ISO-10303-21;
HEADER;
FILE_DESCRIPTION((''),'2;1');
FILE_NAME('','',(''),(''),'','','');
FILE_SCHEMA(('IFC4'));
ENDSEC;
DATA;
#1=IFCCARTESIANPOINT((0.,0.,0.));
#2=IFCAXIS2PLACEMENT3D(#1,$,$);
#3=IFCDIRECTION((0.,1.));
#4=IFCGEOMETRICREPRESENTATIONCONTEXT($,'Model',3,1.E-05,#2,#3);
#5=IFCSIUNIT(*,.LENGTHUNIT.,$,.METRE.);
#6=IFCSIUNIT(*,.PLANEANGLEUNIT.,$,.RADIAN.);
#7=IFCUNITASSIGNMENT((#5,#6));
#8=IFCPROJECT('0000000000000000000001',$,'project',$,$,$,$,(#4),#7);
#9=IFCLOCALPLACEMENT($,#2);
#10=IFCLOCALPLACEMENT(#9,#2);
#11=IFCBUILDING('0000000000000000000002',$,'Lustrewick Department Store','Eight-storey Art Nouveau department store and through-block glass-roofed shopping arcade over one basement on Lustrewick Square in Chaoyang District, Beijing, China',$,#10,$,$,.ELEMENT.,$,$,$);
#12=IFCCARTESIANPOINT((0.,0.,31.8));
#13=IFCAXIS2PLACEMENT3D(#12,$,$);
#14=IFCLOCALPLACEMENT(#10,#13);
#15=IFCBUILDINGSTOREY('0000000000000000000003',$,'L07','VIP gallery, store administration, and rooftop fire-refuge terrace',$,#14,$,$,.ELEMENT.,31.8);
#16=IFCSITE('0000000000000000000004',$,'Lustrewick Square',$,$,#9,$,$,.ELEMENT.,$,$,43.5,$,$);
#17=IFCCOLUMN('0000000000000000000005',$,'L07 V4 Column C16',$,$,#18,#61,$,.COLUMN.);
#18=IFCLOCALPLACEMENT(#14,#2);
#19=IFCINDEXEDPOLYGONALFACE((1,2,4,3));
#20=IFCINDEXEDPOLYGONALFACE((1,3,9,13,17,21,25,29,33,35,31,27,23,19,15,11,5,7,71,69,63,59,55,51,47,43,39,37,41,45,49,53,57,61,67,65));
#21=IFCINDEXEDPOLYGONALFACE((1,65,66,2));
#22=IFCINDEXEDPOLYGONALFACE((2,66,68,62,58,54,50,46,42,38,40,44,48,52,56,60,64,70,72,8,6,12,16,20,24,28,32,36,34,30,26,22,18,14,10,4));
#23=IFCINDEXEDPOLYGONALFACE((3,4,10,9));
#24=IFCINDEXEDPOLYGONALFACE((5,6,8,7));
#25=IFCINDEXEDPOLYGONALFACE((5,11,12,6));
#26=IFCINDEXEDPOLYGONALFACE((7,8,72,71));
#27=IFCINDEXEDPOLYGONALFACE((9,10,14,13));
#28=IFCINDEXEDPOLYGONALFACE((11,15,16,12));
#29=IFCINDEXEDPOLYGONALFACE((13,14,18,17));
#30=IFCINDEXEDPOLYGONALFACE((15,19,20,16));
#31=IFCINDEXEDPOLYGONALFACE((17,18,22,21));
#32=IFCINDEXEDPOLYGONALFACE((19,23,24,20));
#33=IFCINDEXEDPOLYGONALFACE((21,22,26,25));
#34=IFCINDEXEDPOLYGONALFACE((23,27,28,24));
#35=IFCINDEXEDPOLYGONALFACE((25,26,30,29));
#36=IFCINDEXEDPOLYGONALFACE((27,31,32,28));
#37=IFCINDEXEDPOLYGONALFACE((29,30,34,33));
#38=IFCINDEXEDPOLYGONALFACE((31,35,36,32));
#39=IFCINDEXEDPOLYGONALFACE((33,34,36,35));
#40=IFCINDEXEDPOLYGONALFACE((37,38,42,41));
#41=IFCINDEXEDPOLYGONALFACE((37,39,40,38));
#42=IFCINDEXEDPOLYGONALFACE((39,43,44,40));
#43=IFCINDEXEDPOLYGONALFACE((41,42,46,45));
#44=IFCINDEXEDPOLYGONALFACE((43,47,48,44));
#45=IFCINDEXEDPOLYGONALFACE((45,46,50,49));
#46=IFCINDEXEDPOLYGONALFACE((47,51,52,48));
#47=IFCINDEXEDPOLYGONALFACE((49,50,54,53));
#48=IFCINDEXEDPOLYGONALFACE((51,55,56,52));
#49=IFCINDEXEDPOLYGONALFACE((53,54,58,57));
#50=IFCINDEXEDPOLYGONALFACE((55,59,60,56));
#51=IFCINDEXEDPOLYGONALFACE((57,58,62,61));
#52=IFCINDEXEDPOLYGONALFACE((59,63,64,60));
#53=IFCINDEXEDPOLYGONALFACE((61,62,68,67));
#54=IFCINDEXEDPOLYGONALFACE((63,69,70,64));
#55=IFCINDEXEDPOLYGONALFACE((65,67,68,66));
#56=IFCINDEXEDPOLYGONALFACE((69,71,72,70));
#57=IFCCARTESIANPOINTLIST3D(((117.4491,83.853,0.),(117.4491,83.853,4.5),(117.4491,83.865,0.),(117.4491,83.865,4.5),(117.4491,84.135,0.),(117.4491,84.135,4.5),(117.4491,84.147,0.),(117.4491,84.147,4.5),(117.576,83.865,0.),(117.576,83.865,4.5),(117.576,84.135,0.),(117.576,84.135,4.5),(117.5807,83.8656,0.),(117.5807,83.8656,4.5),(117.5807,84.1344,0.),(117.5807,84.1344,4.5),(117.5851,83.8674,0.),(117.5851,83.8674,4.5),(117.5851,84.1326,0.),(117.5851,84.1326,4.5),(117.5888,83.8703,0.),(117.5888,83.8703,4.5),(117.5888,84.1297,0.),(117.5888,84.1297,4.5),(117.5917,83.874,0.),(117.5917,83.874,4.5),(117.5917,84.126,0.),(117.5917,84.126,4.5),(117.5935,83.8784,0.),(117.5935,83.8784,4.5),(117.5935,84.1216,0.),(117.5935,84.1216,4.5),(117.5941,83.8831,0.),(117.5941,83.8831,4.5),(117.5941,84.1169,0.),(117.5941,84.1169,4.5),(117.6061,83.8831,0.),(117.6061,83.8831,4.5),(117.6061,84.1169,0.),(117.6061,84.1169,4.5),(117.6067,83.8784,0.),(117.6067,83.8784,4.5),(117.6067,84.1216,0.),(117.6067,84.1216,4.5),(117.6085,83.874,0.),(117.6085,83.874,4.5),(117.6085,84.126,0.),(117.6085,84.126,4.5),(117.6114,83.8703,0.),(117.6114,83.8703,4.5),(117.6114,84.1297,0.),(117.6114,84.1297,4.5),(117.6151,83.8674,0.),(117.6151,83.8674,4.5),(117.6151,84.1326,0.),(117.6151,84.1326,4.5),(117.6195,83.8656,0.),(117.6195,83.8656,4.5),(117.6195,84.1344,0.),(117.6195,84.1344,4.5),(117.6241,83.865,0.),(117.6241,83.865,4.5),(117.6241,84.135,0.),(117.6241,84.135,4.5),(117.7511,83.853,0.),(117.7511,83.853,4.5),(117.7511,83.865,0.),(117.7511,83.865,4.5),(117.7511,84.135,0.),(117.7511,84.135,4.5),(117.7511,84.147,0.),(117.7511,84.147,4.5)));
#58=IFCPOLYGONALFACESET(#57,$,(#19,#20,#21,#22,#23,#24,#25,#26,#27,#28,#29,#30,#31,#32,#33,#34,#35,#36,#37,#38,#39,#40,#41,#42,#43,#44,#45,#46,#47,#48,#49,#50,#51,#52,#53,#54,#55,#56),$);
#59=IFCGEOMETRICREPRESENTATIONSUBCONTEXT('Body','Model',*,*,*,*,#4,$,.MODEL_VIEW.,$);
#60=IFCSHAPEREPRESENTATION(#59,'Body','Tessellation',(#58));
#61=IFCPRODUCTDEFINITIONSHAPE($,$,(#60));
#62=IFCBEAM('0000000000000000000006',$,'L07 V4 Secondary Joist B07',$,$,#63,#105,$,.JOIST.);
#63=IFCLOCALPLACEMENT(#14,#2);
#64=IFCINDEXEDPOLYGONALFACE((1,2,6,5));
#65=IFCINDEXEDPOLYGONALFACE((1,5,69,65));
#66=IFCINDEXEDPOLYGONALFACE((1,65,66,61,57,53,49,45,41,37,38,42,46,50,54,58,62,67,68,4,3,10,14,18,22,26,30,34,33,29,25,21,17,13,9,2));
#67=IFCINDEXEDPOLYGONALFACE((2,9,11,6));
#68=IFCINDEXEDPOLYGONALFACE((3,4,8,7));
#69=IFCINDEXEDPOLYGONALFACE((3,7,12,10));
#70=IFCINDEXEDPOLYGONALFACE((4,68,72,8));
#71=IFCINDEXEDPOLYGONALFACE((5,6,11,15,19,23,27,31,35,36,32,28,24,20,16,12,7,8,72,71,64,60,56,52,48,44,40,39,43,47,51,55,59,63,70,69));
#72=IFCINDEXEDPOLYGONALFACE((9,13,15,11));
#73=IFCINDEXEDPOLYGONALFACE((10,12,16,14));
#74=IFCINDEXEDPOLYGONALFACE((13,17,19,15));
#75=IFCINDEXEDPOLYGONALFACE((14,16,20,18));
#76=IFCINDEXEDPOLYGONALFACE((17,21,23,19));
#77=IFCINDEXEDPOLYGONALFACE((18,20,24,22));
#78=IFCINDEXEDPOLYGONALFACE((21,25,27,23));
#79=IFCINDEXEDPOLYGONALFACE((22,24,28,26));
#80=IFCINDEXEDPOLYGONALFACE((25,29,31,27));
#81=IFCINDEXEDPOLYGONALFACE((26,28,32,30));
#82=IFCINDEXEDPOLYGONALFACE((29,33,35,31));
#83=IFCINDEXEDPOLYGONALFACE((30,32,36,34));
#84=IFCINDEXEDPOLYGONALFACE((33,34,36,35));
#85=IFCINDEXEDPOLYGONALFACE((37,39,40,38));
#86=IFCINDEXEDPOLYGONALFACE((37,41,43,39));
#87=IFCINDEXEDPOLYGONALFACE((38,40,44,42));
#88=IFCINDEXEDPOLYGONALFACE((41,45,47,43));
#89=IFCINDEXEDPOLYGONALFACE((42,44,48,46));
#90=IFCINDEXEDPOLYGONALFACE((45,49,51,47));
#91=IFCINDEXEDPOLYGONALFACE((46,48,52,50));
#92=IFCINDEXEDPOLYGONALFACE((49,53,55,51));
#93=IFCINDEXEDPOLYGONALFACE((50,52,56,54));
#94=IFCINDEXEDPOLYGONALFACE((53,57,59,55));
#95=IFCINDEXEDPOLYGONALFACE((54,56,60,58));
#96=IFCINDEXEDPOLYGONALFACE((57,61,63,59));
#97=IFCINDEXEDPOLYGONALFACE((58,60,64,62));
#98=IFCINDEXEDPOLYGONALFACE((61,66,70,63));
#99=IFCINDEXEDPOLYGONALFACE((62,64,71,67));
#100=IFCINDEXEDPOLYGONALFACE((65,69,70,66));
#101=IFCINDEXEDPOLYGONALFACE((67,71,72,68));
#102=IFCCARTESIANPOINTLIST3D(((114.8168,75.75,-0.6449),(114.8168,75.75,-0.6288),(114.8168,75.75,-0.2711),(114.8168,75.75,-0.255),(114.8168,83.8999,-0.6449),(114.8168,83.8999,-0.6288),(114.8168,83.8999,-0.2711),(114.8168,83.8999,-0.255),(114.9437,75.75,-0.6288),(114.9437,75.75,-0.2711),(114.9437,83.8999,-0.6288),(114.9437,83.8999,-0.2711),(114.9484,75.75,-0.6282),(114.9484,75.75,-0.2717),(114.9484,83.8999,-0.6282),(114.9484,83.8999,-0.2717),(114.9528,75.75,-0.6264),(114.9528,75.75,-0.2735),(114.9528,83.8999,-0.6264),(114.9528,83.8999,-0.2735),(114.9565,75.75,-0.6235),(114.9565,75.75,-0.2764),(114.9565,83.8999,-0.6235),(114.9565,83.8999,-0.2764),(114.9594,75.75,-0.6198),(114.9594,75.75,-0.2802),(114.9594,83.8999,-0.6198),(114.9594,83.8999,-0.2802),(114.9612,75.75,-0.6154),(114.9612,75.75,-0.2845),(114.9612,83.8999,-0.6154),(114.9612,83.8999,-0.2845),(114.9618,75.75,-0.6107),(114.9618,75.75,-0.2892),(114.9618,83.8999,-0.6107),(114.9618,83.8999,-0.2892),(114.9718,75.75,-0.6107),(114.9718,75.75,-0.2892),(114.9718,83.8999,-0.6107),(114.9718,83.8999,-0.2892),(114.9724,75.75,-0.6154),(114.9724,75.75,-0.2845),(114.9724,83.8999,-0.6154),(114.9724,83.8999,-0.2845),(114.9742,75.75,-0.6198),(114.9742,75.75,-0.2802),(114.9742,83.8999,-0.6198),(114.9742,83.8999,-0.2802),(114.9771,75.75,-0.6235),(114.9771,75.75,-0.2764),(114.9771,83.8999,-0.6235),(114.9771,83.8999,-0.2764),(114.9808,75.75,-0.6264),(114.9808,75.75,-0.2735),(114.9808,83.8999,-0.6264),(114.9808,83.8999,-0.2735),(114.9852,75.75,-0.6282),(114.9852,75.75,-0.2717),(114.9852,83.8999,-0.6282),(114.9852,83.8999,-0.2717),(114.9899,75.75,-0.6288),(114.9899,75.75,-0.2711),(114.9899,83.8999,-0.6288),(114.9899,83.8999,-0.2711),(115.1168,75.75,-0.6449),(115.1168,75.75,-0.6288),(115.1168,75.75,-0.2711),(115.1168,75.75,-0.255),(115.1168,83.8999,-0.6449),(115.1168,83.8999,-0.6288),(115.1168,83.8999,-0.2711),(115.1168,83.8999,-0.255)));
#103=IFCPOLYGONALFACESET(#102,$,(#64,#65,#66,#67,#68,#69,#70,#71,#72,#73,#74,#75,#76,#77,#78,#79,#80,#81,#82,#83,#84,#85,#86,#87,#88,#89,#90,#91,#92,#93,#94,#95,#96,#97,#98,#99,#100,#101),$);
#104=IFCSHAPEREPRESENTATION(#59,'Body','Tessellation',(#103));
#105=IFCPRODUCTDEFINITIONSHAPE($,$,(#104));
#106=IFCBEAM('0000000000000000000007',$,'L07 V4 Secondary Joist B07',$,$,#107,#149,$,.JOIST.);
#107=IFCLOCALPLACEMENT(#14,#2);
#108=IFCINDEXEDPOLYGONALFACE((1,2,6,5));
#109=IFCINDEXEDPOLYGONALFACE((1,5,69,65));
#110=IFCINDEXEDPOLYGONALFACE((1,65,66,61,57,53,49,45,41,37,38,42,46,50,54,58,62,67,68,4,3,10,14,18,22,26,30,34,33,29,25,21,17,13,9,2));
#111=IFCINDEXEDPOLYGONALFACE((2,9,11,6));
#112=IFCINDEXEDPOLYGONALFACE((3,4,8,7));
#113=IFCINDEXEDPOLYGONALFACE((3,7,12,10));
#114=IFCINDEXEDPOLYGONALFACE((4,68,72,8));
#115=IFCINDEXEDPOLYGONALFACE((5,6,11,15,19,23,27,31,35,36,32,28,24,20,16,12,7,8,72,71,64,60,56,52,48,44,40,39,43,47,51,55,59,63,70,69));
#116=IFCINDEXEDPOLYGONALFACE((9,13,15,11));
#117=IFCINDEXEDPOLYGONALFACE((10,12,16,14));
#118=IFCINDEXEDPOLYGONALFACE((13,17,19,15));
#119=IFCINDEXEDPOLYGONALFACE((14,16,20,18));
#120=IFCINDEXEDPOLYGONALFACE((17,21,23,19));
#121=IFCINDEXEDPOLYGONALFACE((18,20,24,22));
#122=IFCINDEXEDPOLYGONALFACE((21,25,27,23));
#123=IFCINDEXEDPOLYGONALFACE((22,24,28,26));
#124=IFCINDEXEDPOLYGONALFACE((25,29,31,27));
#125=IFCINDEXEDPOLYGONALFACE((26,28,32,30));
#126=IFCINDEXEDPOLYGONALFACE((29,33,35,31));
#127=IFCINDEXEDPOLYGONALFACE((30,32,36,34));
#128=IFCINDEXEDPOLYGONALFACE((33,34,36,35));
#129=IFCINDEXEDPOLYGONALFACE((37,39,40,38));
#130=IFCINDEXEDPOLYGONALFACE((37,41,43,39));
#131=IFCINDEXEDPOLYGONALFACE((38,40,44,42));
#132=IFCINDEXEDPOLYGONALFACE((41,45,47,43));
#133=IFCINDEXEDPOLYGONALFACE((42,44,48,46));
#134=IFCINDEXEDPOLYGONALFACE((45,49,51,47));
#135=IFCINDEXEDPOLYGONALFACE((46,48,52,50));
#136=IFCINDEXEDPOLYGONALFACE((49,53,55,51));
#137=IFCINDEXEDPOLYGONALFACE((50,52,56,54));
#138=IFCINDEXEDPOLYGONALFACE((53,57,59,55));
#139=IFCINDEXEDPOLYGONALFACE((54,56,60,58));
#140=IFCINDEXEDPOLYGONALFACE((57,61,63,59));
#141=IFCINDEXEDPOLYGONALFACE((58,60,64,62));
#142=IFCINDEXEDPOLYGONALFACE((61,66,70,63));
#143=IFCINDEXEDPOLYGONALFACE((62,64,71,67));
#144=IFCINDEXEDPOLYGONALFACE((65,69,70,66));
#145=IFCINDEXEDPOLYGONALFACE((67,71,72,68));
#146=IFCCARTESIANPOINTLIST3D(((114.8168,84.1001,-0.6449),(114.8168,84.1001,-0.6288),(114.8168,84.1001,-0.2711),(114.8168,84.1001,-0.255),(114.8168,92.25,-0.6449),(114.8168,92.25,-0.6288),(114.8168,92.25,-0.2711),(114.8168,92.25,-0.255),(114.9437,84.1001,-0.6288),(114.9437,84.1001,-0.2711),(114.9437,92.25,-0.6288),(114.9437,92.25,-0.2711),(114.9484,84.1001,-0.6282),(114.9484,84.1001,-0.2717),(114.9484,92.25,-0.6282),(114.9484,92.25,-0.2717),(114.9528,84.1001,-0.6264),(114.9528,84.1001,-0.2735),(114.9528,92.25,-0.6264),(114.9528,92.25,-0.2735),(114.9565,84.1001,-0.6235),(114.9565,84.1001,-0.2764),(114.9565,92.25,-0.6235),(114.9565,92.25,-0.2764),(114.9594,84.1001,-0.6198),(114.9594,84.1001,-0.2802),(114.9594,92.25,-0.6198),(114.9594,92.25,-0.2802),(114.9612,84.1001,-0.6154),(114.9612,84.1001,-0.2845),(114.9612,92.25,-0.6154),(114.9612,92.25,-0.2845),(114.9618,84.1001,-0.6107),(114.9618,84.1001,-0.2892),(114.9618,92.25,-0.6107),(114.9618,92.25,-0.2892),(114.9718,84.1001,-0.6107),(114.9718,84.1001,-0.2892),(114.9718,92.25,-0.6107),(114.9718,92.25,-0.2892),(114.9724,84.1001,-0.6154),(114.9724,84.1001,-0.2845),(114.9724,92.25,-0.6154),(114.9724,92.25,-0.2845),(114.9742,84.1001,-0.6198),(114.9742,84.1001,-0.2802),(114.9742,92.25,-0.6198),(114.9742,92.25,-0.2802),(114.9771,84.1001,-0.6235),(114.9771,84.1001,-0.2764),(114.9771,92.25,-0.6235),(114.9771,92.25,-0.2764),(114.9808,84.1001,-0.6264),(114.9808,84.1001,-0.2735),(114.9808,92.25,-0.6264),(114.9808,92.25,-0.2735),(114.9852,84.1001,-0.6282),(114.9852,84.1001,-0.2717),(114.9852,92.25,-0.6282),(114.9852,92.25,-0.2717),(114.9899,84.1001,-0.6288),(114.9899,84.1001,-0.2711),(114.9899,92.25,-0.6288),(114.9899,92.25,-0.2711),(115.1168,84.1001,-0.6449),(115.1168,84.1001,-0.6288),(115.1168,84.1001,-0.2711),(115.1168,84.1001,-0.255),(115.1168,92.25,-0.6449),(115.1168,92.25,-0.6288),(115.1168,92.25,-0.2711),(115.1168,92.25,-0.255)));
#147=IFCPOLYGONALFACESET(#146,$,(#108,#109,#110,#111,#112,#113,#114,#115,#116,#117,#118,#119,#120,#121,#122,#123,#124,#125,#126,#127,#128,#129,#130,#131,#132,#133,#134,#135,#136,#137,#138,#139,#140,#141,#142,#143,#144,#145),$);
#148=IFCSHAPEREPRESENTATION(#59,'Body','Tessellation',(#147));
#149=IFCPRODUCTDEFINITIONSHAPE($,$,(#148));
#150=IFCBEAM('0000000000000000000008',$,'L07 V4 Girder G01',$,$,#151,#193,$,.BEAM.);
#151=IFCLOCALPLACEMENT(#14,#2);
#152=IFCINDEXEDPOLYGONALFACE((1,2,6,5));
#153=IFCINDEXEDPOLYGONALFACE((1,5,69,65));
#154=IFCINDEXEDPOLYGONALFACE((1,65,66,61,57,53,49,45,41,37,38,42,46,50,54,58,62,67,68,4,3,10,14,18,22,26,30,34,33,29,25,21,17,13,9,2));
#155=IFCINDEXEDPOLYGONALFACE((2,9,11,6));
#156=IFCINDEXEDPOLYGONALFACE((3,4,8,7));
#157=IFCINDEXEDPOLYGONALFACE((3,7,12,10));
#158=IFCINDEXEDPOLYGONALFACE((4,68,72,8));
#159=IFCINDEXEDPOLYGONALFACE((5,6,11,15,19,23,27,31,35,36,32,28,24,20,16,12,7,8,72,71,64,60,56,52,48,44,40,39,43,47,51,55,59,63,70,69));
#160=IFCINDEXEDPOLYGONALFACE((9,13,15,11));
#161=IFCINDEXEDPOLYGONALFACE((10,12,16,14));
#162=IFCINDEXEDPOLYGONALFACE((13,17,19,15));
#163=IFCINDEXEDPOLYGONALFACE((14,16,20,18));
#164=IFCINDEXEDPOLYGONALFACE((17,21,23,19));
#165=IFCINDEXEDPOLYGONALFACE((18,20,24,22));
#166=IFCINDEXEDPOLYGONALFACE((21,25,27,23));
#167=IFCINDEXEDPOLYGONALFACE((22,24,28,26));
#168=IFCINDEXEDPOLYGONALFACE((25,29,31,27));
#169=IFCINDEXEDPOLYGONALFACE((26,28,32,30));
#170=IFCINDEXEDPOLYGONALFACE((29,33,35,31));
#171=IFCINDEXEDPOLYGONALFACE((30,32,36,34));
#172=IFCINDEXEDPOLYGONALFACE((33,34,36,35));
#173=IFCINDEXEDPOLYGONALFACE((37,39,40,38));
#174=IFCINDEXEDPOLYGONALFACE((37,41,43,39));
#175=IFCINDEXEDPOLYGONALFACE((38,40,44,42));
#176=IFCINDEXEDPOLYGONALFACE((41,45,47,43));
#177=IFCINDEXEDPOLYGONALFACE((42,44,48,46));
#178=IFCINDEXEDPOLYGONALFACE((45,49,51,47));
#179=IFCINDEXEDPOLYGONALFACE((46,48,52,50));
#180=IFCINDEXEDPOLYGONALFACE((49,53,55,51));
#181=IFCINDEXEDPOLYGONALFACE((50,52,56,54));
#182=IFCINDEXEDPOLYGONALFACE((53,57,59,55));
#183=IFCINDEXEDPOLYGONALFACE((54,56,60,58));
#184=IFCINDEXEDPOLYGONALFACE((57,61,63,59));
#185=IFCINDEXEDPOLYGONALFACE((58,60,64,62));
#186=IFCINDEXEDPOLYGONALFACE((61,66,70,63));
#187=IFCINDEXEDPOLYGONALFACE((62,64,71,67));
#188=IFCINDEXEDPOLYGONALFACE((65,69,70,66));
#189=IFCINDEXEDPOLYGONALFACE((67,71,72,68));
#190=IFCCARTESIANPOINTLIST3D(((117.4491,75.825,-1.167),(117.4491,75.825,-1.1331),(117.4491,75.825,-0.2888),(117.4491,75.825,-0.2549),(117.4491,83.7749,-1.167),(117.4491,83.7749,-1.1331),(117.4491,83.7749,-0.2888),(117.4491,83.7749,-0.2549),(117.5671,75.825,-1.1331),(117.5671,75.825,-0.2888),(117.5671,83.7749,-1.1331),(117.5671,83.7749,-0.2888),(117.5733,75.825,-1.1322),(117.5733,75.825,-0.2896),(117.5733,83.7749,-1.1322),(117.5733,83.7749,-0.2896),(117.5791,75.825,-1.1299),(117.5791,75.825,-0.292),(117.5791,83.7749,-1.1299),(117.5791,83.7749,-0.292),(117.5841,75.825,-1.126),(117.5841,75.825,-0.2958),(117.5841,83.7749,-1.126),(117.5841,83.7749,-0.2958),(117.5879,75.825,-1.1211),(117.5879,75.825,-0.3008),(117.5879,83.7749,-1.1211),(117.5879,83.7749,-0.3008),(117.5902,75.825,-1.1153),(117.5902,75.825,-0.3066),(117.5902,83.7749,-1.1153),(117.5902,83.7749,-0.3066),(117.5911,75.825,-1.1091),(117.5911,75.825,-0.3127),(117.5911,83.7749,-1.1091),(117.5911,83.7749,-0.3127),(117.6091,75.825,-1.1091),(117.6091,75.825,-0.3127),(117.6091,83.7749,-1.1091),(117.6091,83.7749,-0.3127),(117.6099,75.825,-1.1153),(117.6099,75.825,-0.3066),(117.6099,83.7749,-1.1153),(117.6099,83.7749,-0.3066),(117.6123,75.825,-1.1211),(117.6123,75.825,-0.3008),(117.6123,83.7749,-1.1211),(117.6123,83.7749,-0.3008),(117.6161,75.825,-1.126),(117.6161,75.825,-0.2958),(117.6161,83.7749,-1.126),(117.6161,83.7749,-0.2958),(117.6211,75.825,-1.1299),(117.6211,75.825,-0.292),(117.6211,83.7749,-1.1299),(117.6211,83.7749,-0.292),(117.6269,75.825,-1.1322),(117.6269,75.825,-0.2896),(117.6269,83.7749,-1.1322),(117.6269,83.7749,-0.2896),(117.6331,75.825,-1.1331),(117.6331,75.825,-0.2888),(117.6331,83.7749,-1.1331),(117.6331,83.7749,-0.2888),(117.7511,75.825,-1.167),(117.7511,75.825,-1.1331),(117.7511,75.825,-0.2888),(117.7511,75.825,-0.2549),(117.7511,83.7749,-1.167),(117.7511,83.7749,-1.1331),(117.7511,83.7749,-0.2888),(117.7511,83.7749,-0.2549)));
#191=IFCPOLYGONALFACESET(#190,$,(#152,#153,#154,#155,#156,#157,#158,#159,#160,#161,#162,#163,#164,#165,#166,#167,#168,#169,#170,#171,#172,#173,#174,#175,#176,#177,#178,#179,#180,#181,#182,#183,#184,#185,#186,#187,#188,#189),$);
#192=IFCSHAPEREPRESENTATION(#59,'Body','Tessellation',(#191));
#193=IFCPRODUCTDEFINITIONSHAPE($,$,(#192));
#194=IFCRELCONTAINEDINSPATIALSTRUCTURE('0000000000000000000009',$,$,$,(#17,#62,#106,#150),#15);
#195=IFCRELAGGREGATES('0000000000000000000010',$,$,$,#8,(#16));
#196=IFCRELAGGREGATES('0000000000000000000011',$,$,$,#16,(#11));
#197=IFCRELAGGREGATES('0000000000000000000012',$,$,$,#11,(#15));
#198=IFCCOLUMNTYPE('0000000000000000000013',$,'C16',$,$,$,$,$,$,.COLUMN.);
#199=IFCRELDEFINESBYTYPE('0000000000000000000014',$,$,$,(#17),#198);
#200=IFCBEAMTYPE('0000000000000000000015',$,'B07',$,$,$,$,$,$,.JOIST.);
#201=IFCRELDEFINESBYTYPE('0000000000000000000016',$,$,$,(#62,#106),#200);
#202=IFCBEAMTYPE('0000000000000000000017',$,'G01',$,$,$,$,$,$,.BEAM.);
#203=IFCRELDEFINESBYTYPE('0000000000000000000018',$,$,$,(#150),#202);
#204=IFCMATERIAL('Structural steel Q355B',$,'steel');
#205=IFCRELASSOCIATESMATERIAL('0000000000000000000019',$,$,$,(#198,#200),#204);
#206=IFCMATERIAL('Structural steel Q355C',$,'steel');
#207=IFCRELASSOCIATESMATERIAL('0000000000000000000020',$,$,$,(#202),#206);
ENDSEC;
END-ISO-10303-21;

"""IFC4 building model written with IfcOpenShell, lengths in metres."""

from ifc_helpers import new_model, si_unit, direction, frame, origin, origin_2d, place, context, subcontext, project, spatial, i_section, extrude, material, material_profile, profile_set, type_object, element, save


model = new_model("IFC4")

# Units and contexts
model_context = context("Model", 3, precision=1e-05, world=origin(), true_north=direction((0.0, 1.0)))
body_context = subcontext(model_context, "Body", "Model", "MODEL_VIEW")
ifc_project = project(units=[si_unit("LENGTHUNIT", "METRE"), si_unit("PLANEANGLEUNIT", "RADIAN")], contexts=[model_context])

# Site, building, storey
site_placement = place(None, origin())
site = spatial("IfcSite", under=ifc_project, at=site_placement, Name="Lustrewick Square", CompositionType="ELEMENT", RefElevation=43.5)
building_placement = place(site_placement, origin())
building = spatial("IfcBuilding", under=site, at=building_placement, Name="Lustrewick Department Store", Description="Eight-storey Art Nouveau department store and through-block glass-roofed shopping arcade over one basement on Lustrewick Square in Chaoyang District, Beijing, China", CompositionType="ELEMENT")
storey_placement = place(building_placement, frame((0.0, 0.0, 31.8)))
storey = spatial("IfcBuildingStorey", under=building, at=storey_placement, Name="L07", Description="VIP gallery, store administration, and rooftop fire-refuge terrace", CompositionType="ELEMENT", Elevation=31.8)

# Column
ifc_material_1 = material(Name="Structural steel Q355B", Category="steel")
ifc_material_profile_1 = material_profile(ifc_material_1, i_section(OverallWidth=0.302, OverallDepth=0.2939, WebThickness=0.012, FlangeThickness=0.012, FilletRadius=0.0181, at=origin_2d()), Name="HW 294x302x12x12")
ifc_profile_set_1 = profile_set([ifc_material_profile_1], Name="Structural steel Q355B")
column_type = type_object("IfcColumnType", Name="C16", PredefinedType="COLUMN", material=ifc_profile_set_1)
column_placement = place(storey_placement, frame((117.6001, 84.0, 0.0), z_axis=(0.0, 0.0, 1.0), x_axis=(1.0, 0.0, 0.0)))
element("IfcColumn", 1, at=column_placement, inside=storey, type_object=column_type, Name="L07 V4 Column C16", PredefinedType="COLUMN", context=body_context, shape_type="SweptSolid", body=[
    extrude(i_section(OverallWidth=0.302, OverallDepth=0.2939, WebThickness=0.012, FlangeThickness=0.012, FilletRadius=0.0181, at=origin_2d()), origin(), (0.0, 0.0, 1.0), 4.5),
])

# Beams
ifc_material_profile_2 = material_profile(ifc_material_1, i_section(OverallWidth=0.3, OverallDepth=0.3899, WebThickness=0.01, FlangeThickness=0.0161, FilletRadius=0.0181, at=origin_2d()), Name="HM 390x300x10x16")
ifc_profile_set_2 = profile_set([ifc_material_profile_2], Name="Structural steel Q355B")
beam_type_1 = type_object("IfcBeamType", Name="B07", PredefinedType="JOIST", material=ifc_profile_set_2)
for number, where, z_axis, x_axis, name in (
    (2, (114.9668, 75.75, -0.45), (0.0, 1.0, 0.0), (-1.0, 0.0, 0.0), "L07 V4 Secondary Joist B07"),
    (3, (114.9668, 84.1001, -0.45), (0.0, 1.0, 0.0), (-1.0, 0.0, 0.0), "L07 V4 Secondary Joist B07"),
):
    element("IfcBeam", number, at=place(storey_placement, frame(where, z_axis=z_axis, x_axis=x_axis)), inside=storey, type_object=beam_type_1, Name=name, PredefinedType="JOIST", context=body_context, shape_type="SweptSolid", body=[
        extrude(i_section(OverallWidth=0.3, OverallDepth=0.3899, WebThickness=0.01, FlangeThickness=0.0161, FilletRadius=0.0181, at=origin_2d()), origin(), (0.0, 0.0, 1.0), 8.1499),
    ])
ifc_material_2 = material(Name="Structural steel Q355C", Category="steel")
ifc_material_profile_3 = material_profile(ifc_material_2, i_section(OverallWidth=0.302, OverallDepth=0.9121, WebThickness=0.0181, FlangeThickness=0.0339, FilletRadius=0.0239, at=origin_2d()), Name="HN 912x302x18x34")
ifc_profile_set_3 = profile_set([ifc_material_profile_3], Name="Structural steel Q355C")
beam_type_2 = type_object("IfcBeamType", Name="G01", PredefinedType="BEAM", material=ifc_profile_set_3)
beam_1_placement = place(storey_placement, frame((117.6001, 75.825, -0.7109), z_axis=(0.0, 1.0, 0.0), x_axis=(-1.0, 0.0, 0.0)))
element("IfcBeam", 4, at=beam_1_placement, inside=storey, type_object=beam_type_2, Name="L07 V4 Girder G01", PredefinedType="BEAM", context=body_context, shape_type="SweptSolid", body=[
    extrude(i_section(OverallWidth=0.302, OverallDepth=0.9121, WebThickness=0.0181, FlangeThickness=0.0339, FilletRadius=0.0239, at=origin_2d()), origin(), (0.0, 0.0, 1.0), 7.95),
])

save(model, "model.ifc")
